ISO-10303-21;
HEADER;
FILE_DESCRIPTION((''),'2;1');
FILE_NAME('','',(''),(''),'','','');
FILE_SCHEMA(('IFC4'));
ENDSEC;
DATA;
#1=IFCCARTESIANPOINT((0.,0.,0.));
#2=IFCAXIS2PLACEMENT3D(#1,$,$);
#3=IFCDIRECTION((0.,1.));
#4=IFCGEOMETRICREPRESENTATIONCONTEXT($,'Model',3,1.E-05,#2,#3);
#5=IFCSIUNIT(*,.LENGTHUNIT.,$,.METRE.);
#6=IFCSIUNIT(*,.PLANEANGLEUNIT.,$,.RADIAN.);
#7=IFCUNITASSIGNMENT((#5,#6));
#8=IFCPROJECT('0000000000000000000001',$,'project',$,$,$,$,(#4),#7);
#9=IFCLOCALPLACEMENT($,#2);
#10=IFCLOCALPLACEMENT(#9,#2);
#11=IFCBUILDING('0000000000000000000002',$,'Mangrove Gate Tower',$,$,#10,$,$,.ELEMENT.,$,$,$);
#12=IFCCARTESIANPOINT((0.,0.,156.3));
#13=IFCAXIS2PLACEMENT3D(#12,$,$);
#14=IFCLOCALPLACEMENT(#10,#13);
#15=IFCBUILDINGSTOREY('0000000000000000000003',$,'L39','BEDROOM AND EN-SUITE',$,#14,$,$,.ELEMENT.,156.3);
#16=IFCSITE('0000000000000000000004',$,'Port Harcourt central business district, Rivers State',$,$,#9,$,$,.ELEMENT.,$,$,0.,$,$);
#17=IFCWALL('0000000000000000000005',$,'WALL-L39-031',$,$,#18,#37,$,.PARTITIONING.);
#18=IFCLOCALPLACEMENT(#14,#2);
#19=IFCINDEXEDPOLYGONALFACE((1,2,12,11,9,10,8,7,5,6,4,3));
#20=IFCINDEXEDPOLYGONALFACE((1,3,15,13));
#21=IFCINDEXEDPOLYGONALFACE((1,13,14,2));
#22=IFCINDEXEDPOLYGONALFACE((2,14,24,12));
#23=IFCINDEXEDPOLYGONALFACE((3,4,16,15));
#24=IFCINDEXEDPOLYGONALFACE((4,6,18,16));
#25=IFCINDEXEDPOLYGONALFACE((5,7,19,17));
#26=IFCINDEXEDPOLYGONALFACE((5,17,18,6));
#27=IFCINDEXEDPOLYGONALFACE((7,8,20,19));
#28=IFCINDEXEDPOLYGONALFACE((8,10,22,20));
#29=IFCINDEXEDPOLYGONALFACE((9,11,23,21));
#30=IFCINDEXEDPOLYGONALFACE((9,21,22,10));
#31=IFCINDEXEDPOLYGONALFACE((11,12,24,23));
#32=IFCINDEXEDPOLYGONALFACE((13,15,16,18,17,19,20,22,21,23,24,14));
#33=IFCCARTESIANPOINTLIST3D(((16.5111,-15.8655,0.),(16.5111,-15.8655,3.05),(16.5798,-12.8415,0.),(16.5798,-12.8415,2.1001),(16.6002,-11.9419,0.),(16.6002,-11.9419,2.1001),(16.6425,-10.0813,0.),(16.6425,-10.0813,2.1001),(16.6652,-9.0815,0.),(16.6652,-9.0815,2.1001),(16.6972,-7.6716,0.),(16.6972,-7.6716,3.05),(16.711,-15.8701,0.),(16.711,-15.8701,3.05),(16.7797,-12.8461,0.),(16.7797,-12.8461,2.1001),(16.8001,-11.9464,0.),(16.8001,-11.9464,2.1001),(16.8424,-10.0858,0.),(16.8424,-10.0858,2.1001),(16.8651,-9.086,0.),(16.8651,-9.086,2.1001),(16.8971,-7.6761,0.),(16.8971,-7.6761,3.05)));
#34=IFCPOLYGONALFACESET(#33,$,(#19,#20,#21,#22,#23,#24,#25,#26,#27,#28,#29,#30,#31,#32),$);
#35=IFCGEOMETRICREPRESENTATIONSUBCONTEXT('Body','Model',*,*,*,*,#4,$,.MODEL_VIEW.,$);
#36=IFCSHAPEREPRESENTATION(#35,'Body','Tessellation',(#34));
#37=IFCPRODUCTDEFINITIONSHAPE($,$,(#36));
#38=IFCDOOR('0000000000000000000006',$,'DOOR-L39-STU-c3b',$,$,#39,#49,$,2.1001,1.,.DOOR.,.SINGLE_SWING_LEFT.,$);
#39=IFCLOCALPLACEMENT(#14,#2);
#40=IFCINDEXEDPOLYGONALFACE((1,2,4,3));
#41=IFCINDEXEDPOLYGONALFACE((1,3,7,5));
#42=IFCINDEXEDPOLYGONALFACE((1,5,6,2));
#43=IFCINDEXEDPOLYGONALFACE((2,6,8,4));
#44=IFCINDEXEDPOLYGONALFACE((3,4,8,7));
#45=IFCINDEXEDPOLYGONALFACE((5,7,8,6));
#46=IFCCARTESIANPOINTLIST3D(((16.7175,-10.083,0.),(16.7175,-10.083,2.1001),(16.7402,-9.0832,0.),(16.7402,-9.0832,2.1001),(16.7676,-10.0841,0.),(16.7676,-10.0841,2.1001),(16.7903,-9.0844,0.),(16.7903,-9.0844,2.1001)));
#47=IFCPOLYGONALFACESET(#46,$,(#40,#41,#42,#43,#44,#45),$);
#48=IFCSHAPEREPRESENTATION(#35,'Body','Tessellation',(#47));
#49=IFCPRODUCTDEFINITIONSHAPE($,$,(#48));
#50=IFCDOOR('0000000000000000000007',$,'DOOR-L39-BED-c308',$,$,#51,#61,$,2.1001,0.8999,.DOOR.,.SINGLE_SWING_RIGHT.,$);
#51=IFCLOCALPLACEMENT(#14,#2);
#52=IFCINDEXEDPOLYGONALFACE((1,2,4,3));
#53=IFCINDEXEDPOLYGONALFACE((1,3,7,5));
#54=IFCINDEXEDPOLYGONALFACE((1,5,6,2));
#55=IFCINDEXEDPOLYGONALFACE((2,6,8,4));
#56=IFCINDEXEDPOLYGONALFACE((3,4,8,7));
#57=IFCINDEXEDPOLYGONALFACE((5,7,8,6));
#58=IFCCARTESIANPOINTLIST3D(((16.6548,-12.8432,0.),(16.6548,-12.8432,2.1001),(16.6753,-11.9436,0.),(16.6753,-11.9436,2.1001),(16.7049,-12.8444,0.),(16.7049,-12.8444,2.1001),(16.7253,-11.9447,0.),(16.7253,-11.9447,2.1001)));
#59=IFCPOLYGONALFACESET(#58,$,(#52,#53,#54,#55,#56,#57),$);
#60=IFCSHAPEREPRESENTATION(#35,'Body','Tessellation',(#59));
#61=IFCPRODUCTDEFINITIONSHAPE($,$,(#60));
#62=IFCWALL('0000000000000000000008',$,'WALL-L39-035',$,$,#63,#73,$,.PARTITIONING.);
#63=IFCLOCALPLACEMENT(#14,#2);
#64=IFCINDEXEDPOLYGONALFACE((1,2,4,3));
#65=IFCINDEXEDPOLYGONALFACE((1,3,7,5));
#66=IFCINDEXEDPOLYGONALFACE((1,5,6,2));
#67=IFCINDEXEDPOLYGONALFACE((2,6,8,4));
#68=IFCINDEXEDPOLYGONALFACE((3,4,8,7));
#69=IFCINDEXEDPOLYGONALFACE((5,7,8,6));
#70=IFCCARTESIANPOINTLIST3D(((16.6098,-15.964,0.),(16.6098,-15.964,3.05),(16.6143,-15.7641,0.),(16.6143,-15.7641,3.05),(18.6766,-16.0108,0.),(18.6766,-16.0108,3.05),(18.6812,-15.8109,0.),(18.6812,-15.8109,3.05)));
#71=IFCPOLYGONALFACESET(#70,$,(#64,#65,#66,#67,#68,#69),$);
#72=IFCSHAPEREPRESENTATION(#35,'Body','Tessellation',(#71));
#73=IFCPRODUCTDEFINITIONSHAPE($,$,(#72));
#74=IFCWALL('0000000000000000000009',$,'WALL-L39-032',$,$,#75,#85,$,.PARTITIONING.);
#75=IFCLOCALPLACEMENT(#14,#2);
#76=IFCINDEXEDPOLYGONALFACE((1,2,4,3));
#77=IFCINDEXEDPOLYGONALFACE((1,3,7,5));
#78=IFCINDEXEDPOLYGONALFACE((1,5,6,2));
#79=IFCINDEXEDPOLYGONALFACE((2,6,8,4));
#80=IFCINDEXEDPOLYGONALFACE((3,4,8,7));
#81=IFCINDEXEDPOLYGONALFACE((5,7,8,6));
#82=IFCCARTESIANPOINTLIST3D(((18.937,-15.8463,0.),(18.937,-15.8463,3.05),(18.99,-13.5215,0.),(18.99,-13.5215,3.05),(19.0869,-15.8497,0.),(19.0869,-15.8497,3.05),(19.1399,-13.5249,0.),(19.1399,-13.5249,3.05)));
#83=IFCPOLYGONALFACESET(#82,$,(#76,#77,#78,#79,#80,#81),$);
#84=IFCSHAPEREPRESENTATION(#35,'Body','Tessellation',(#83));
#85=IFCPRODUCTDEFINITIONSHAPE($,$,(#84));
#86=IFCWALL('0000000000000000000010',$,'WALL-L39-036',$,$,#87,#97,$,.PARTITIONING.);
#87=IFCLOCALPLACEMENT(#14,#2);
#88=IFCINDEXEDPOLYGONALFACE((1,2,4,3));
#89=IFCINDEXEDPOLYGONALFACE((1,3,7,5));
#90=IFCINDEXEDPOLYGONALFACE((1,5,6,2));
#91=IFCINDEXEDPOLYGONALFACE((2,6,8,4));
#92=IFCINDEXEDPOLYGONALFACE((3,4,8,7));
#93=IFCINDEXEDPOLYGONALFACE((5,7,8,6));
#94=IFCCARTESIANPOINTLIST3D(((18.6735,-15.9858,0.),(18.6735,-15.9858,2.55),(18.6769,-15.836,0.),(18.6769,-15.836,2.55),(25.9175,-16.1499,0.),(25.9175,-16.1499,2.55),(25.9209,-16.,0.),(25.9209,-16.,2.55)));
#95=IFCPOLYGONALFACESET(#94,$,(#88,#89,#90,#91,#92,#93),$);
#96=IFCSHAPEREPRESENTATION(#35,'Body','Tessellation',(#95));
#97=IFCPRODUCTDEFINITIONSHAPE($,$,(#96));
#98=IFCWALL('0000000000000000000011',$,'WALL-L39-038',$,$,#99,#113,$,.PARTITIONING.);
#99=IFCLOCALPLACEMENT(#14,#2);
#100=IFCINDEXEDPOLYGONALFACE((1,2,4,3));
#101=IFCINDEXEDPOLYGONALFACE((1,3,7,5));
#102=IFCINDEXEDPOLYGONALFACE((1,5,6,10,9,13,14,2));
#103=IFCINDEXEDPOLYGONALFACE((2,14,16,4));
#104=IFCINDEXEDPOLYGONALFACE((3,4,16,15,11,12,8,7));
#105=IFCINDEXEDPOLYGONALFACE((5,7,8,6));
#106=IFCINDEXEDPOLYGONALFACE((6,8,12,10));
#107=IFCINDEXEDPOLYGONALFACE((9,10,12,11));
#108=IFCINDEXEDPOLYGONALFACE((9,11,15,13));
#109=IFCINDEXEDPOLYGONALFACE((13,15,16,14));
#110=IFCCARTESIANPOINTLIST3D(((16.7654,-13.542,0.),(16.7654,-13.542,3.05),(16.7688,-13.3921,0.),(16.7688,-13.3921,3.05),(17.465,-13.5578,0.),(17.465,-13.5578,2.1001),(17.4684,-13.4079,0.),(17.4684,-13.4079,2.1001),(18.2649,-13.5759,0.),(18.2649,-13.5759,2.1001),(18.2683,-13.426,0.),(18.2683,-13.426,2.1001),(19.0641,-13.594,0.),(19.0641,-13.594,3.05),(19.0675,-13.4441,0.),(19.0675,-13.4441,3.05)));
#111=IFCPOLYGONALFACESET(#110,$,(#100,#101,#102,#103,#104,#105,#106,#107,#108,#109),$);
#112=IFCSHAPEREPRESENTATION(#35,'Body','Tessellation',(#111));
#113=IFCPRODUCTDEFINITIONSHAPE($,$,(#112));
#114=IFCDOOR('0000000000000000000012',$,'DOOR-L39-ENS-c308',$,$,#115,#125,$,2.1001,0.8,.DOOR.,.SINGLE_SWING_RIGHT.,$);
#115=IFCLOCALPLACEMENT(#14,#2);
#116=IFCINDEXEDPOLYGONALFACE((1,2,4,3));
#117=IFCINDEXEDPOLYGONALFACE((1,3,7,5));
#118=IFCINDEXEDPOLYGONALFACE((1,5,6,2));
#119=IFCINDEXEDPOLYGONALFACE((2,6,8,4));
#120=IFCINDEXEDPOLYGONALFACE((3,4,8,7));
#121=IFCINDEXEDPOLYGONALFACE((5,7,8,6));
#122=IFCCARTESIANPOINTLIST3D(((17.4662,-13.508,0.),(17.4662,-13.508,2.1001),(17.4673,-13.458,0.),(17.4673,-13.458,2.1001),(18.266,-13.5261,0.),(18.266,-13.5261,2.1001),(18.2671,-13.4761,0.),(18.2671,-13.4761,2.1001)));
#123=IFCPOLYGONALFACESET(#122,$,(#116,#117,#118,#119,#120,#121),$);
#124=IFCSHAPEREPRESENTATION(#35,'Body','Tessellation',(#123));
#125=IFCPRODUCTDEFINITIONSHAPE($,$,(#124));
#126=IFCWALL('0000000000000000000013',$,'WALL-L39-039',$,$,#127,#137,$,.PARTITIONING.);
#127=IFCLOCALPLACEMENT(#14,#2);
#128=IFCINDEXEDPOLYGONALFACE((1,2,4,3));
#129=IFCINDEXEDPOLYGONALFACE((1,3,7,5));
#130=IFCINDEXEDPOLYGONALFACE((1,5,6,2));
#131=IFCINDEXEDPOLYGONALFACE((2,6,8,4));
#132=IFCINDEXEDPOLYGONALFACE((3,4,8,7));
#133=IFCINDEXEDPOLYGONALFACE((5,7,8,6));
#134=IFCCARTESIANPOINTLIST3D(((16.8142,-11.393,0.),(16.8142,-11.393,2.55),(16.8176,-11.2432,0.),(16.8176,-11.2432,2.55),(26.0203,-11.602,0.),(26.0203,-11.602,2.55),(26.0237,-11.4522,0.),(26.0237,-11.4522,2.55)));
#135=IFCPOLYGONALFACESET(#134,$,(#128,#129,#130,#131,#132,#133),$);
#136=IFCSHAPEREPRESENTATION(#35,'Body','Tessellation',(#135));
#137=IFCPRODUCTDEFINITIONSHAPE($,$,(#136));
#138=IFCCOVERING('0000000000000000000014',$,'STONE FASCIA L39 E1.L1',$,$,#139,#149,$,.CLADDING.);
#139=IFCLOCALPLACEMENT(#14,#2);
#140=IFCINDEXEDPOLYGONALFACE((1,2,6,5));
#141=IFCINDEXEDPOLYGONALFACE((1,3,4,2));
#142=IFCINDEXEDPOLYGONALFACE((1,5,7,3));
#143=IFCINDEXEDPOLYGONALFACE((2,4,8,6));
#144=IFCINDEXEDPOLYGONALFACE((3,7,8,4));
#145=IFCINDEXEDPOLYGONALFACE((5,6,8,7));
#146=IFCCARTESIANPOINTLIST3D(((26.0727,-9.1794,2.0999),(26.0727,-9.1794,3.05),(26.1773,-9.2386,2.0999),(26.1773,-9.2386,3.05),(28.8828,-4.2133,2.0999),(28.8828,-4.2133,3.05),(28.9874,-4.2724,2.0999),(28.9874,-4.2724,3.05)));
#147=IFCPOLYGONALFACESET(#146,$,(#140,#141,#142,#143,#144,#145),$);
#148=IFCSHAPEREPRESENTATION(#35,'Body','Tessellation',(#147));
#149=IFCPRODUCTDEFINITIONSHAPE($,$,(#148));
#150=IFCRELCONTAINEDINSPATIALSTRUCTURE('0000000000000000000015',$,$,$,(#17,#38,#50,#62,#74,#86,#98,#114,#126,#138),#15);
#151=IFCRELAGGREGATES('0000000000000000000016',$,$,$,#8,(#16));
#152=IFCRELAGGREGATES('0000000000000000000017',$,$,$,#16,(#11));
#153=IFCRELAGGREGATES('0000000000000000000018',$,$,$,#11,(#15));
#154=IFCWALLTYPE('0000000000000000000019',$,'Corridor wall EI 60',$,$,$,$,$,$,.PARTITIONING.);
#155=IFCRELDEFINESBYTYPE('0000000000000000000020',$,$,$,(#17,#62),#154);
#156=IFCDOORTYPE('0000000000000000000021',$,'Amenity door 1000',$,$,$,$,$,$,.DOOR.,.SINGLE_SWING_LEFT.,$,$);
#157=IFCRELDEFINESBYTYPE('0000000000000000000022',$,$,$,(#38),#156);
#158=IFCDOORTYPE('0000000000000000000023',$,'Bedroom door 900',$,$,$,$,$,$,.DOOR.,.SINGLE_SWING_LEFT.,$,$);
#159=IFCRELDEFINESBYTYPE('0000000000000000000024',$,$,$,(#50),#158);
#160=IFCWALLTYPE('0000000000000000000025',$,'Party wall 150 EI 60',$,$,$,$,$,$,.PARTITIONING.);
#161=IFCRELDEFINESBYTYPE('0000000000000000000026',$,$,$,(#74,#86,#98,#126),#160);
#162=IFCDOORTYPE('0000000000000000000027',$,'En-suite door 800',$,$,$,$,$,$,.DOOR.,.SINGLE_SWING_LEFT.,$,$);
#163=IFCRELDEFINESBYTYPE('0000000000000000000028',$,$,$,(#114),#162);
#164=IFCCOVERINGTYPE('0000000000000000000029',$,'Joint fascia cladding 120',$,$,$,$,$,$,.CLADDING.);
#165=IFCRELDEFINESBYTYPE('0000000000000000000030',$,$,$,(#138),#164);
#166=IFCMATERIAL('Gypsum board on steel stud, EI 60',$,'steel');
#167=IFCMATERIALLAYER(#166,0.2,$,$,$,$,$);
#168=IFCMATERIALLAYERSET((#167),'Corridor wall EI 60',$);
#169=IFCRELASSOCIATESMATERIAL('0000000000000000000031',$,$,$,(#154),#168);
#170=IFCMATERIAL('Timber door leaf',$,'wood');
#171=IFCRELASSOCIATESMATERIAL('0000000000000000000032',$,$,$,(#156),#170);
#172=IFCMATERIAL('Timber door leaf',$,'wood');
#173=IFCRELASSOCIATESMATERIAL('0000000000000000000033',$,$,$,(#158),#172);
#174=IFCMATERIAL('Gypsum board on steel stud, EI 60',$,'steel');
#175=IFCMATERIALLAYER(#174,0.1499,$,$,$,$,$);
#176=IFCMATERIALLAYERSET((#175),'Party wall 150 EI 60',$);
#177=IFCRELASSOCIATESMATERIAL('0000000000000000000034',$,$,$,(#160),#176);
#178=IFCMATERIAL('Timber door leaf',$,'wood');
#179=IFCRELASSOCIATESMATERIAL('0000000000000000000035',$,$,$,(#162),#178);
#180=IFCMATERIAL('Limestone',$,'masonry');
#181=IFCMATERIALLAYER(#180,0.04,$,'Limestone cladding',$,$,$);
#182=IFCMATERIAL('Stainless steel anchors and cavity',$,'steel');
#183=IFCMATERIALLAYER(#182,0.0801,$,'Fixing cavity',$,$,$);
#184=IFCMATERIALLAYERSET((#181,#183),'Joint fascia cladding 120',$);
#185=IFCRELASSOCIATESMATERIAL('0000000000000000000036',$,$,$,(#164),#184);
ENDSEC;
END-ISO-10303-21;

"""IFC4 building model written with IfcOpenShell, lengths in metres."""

from ifc_helpers import new_model, si_unit, direction, frame, frame_2d, origin, place, context, subcontext, project, spatial, rectangle, extrude, material, layer, layer_set, type_object, element, fill, save


model = new_model("IFC4")

# Units and contexts
model_context = context("Model", 3, precision=1e-05, world=origin(), true_north=direction((0.0, 1.0)))
body_context = subcontext(model_context, "Body", "Model", "MODEL_VIEW")
ifc_project = project(units=[si_unit("LENGTHUNIT", "METRE"), si_unit("PLANEANGLEUNIT", "RADIAN")], contexts=[model_context])

# Site, building, storey
site_placement = place(None, origin())
site = spatial("IfcSite", under=ifc_project, at=site_placement, Name="Port Harcourt central business district, Rivers State", CompositionType="ELEMENT", RefElevation=0.0)
building_placement = place(site_placement, origin())
building = spatial("IfcBuilding", under=site, at=building_placement, Name="Mangrove Gate Tower", CompositionType="ELEMENT")
storey_placement = place(building_placement, frame((0.0, 0.0, 156.3)))
storey = spatial("IfcBuildingStorey", under=building, at=storey_placement, Name="L39", Description="BEDROOM AND EN-SUITE", CompositionType="ELEMENT", Elevation=156.3)

# Shared definitions
ifc_material_1 = material(Name="Gypsum board on steel stud, EI 60", Category="steel")
ifc_layer_1 = layer(ifc_material_1, 0.2)
ifc_layer_set_1 = layer_set([ifc_layer_1], Name="Corridor wall EI 60")
wall_type_1 = type_object("IfcWallType", Name="Corridor wall EI 60", PredefinedType="PARTITIONING", material=ifc_layer_set_1)
ifc_material_2 = material(Name="Timber door leaf", Category="wood")
door_type_1 = type_object("IfcDoorType", Name="Amenity door 1000", OperationType="SINGLE_SWING_LEFT", PredefinedType="DOOR", material=ifc_material_2)

# Wall, openings, doors
wall_1_placement = place(storey_placement, frame((16.6111, -15.8679, 0.0), z_axis=(0.0, 0.0, 1.0), x_axis=(0.022698, 0.999742, 0.0)))
wall_1 = element("IfcWall", 1, at=wall_1_placement, inside=storey, type_object=wall_type_1, Name="WALL-L39-031", PredefinedType="PARTITIONING", context=body_context, shape_type="SweptSolid", body=[
    extrude(rectangle(XDim=8.196, YDim=0.2, at=frame_2d((4.0981, 0.0))), origin(), (0.0, 0.0, 1.0), 3.05),
])
opening_1_placement = place(wall_1_placement, frame((3.0249, 0.0, 0.0)))
opening_1 = element("IfcOpeningElement", 2, at=opening_1_placement, cuts=wall_1, PredefinedType="OPENING", context=body_context, shape_type="SweptSolid", body=[
    extrude(rectangle(XDim=0.8999, YDim=2.1001, at=frame_2d((0.45, 1.05))), frame((0.0, 0.1099, 0.0), z_axis=(0.0, -1.0, 0.0), x_axis=(1.0, 0.0, 0.0)), (0.0, 0.0, 1.0), 0.22),
])
opening_2_placement = place(wall_1_placement, frame((5.7859, 0.0, 0.0)))
opening_2 = element("IfcOpeningElement", 3, at=opening_2_placement, cuts=wall_1, PredefinedType="OPENING", context=body_context, shape_type="SweptSolid", body=[
    extrude(rectangle(XDim=1.0, YDim=2.1001, at=frame_2d((0.5, 1.05))), frame((0.0, 0.1099, 0.0), z_axis=(0.0, -1.0, 0.0), x_axis=(1.0, 0.0, 0.0)), (0.0, 0.0, 1.0), 0.22),
])
door_1_placement = place(opening_2_placement, origin())
door_1 = element("IfcDoor", 4, at=door_1_placement, inside=storey, type_object=door_type_1, Name="DOOR-L39-STU-c3b", OperationType="SINGLE_SWING_LEFT", OverallHeight=2.1001, OverallWidth=1.0, PredefinedType="DOOR", context=body_context, shape_type="SweptSolid", body=[
    extrude(rectangle(XDim=1.0, YDim=2.1001, at=frame_2d((0.5, 1.05))), frame((0.0, 0.0249, 0.0), z_axis=(0.0, -1.0, 0.0), x_axis=(1.0, 0.0, 0.0)), (0.0, 0.0, 1.0), 0.05),
])
fill(opening_2, door_1)
ifc_material_3 = material(Name="Timber door leaf", Category="wood")
door_type_2 = type_object("IfcDoorType", Name="Bedroom door 900", OperationType="SINGLE_SWING_LEFT", PredefinedType="DOOR", material=ifc_material_3)
door_2_placement = place(opening_1_placement, origin())
door_2 = element("IfcDoor", 5, at=door_2_placement, inside=storey, type_object=door_type_2, Name="DOOR-L39-BED-c308", OperationType="SINGLE_SWING_RIGHT", OverallHeight=2.1001, OverallWidth=0.8999, PredefinedType="DOOR", context=body_context, shape_type="SweptSolid", body=[
    extrude(rectangle(XDim=0.8999, YDim=2.1001, at=frame_2d((0.45, 1.05))), frame((0.0, 0.0249, 0.0), z_axis=(0.0, -1.0, 0.0), x_axis=(1.0, 0.0, 0.0)), (0.0, 0.0, 1.0), 0.05),
])
fill(opening_1, door_2)

# Walls
wall_2_placement = place(storey_placement, frame((16.6121, -15.864, 0.0), z_axis=(0.0, 0.0, 1.0), x_axis=(0.999743, -0.022673, 0.0)))
element("IfcWall", 6, at=wall_2_placement, inside=storey, type_object=wall_type_1, Name="WALL-L39-035", PredefinedType="PARTITIONING", context=body_context, shape_type="SweptSolid", body=[
    extrude(rectangle(XDim=2.0674, YDim=0.2, at=frame_2d((1.0337, 0.0))), origin(), (0.0, 0.0, 1.0), 3.05),
])
ifc_material_4 = material(Name="Gypsum board on steel stud, EI 60", Category="steel")
ifc_layer_2 = layer(ifc_material_4, 0.1499)
ifc_layer_set_2 = layer_set([ifc_layer_2], Name="Party wall 150 EI 60")
wall_type_2 = type_object("IfcWallType", Name="Party wall 150 EI 60", PredefinedType="PARTITIONING", material=ifc_layer_set_2)
wall_3_placement = place(storey_placement, frame((19.012, -15.8479, 0.0), z_axis=(0.0, 0.0, 1.0), x_axis=(0.022781, 0.99974, 0.0)))
element("IfcWall", 7, at=wall_3_placement, inside=storey, type_object=wall_type_2, Name="WALL-L39-032", PredefinedType="PARTITIONING", context=body_context, shape_type="SweptSolid", body=[
    extrude(rectangle(XDim=2.3254, YDim=0.1499, at=frame_2d((1.1626, 0.0))), origin(), (0.0, 0.0, 1.0), 3.05),
])
wall_4_placement = place(storey_placement, frame((18.675, -15.9109, 0.0), z_axis=(0.0, 0.0, 1.0), x_axis=(0.999744, -0.022643, 0.0)))
element("IfcWall", 8, at=wall_4_placement, inside=storey, type_object=wall_type_2, Name="WALL-L39-036", PredefinedType="PARTITIONING", context=body_context, shape_type="SweptSolid", body=[
    extrude(rectangle(XDim=7.2458, YDim=0.1499, at=frame_2d((3.623, 0.0))), origin(), (0.0, 0.0, 1.0), 2.55),
])

# Wall, opening, door
wall_5_placement = place(storey_placement, frame((16.7671, -13.467, 0.0), z_axis=(0.0, 0.0, 1.0), x_axis=(0.999744, -0.022615, 0.0)))
wall_5 = element("IfcWall", 9, at=wall_5_placement, inside=storey, type_object=wall_type_2, Name="WALL-L39-038", PredefinedType="PARTITIONING", context=body_context, shape_type="SweptSolid", body=[
    extrude(rectangle(XDim=2.2993, YDim=0.1499, at=frame_2d((1.1497, 0.0))), origin(), (0.0, 0.0, 1.0), 3.05),
])
opening_3_placement = place(wall_5_placement, frame((0.7, 0.0, 0.0)))
opening_3 = element("IfcOpeningElement", 10, at=opening_3_placement, cuts=wall_5, PredefinedType="OPENING", context=body_context, shape_type="SweptSolid", body=[
    extrude(rectangle(XDim=0.8, YDim=2.1001, at=frame_2d((0.3999, 1.05))), frame((0.0, 0.085, 0.0), z_axis=(0.0, -1.0, 0.0), x_axis=(1.0, 0.0, 0.0)), (0.0, 0.0, 1.0), 0.1699),
])
ifc_material_5 = material(Name="Timber door leaf", Category="wood")
door_type_3 = type_object("IfcDoorType", Name="En-suite door 800", OperationType="SINGLE_SWING_LEFT", PredefinedType="DOOR", material=ifc_material_5)
door_3_placement = place(opening_3_placement, origin())
door_3 = element("IfcDoor", 11, at=door_3_placement, inside=storey, type_object=door_type_3, Name="DOOR-L39-ENS-c308", OperationType="SINGLE_SWING_RIGHT", OverallHeight=2.1001, OverallWidth=0.8, PredefinedType="DOOR", context=body_context, shape_type="SweptSolid", body=[
    extrude(rectangle(XDim=0.8, YDim=2.1001, at=frame_2d((0.3999, 1.05))), frame((0.0, 0.0249, 0.0), z_axis=(0.0, -1.0, 0.0), x_axis=(1.0, 0.0, 0.0)), (0.0, 0.0, 1.0), 0.05),
])
fill(opening_3, door_3)

# Wall
wall_6_placement = place(storey_placement, frame((16.8159, -11.3181, 0.0), z_axis=(0.0, 0.0, 1.0), x_axis=(0.999742, -0.022695, 0.0)))
element("IfcWall", 12, at=wall_6_placement, inside=storey, type_object=wall_type_2, Name="WALL-L39-039", PredefinedType="PARTITIONING", context=body_context, shape_type="SweptSolid", body=[
    extrude(rectangle(XDim=9.2085, YDim=0.1499, at=frame_2d((4.6042, 0.0))), origin(), (0.0, 0.0, 1.0), 2.55),
])

# Covering
ifc_material_6 = material(Name="Limestone", Category="masonry")
ifc_layer_3 = layer(ifc_material_6, 0.04, Name="Limestone cladding")
ifc_material_7 = material(Name="Stainless steel anchors and cavity", Category="steel")
ifc_layer_4 = layer(ifc_material_7, 0.0801, Name="Fixing cavity")
ifc_layer_set_3 = layer_set([ifc_layer_3, ifc_layer_4], Name="Joint fascia cladding 120")
covering_type = type_object("IfcCoveringType", Name="Joint fascia cladding 120", PredefinedType="CLADDING", material=ifc_layer_set_3)
covering_placement = place(storey_placement, frame((26.125, -9.209, 2.0999), z_axis=(0.0, 0.0, 1.0), x_axis=(0.492476, 0.870326, 0.0)))
element("IfcCovering", 13, at=covering_placement, inside=storey, type_object=covering_type, Name="STONE FASCIA L39 E1.L1", PredefinedType="CLADDING", context=body_context, shape_type="SweptSolid", body=[
    extrude(rectangle(XDim=5.7061, YDim=0.1201, at=frame_2d((2.853, 0.0))), origin(), (0.0, 0.0, 1.0), 0.9502),
])

save(model, "model.ifc")
